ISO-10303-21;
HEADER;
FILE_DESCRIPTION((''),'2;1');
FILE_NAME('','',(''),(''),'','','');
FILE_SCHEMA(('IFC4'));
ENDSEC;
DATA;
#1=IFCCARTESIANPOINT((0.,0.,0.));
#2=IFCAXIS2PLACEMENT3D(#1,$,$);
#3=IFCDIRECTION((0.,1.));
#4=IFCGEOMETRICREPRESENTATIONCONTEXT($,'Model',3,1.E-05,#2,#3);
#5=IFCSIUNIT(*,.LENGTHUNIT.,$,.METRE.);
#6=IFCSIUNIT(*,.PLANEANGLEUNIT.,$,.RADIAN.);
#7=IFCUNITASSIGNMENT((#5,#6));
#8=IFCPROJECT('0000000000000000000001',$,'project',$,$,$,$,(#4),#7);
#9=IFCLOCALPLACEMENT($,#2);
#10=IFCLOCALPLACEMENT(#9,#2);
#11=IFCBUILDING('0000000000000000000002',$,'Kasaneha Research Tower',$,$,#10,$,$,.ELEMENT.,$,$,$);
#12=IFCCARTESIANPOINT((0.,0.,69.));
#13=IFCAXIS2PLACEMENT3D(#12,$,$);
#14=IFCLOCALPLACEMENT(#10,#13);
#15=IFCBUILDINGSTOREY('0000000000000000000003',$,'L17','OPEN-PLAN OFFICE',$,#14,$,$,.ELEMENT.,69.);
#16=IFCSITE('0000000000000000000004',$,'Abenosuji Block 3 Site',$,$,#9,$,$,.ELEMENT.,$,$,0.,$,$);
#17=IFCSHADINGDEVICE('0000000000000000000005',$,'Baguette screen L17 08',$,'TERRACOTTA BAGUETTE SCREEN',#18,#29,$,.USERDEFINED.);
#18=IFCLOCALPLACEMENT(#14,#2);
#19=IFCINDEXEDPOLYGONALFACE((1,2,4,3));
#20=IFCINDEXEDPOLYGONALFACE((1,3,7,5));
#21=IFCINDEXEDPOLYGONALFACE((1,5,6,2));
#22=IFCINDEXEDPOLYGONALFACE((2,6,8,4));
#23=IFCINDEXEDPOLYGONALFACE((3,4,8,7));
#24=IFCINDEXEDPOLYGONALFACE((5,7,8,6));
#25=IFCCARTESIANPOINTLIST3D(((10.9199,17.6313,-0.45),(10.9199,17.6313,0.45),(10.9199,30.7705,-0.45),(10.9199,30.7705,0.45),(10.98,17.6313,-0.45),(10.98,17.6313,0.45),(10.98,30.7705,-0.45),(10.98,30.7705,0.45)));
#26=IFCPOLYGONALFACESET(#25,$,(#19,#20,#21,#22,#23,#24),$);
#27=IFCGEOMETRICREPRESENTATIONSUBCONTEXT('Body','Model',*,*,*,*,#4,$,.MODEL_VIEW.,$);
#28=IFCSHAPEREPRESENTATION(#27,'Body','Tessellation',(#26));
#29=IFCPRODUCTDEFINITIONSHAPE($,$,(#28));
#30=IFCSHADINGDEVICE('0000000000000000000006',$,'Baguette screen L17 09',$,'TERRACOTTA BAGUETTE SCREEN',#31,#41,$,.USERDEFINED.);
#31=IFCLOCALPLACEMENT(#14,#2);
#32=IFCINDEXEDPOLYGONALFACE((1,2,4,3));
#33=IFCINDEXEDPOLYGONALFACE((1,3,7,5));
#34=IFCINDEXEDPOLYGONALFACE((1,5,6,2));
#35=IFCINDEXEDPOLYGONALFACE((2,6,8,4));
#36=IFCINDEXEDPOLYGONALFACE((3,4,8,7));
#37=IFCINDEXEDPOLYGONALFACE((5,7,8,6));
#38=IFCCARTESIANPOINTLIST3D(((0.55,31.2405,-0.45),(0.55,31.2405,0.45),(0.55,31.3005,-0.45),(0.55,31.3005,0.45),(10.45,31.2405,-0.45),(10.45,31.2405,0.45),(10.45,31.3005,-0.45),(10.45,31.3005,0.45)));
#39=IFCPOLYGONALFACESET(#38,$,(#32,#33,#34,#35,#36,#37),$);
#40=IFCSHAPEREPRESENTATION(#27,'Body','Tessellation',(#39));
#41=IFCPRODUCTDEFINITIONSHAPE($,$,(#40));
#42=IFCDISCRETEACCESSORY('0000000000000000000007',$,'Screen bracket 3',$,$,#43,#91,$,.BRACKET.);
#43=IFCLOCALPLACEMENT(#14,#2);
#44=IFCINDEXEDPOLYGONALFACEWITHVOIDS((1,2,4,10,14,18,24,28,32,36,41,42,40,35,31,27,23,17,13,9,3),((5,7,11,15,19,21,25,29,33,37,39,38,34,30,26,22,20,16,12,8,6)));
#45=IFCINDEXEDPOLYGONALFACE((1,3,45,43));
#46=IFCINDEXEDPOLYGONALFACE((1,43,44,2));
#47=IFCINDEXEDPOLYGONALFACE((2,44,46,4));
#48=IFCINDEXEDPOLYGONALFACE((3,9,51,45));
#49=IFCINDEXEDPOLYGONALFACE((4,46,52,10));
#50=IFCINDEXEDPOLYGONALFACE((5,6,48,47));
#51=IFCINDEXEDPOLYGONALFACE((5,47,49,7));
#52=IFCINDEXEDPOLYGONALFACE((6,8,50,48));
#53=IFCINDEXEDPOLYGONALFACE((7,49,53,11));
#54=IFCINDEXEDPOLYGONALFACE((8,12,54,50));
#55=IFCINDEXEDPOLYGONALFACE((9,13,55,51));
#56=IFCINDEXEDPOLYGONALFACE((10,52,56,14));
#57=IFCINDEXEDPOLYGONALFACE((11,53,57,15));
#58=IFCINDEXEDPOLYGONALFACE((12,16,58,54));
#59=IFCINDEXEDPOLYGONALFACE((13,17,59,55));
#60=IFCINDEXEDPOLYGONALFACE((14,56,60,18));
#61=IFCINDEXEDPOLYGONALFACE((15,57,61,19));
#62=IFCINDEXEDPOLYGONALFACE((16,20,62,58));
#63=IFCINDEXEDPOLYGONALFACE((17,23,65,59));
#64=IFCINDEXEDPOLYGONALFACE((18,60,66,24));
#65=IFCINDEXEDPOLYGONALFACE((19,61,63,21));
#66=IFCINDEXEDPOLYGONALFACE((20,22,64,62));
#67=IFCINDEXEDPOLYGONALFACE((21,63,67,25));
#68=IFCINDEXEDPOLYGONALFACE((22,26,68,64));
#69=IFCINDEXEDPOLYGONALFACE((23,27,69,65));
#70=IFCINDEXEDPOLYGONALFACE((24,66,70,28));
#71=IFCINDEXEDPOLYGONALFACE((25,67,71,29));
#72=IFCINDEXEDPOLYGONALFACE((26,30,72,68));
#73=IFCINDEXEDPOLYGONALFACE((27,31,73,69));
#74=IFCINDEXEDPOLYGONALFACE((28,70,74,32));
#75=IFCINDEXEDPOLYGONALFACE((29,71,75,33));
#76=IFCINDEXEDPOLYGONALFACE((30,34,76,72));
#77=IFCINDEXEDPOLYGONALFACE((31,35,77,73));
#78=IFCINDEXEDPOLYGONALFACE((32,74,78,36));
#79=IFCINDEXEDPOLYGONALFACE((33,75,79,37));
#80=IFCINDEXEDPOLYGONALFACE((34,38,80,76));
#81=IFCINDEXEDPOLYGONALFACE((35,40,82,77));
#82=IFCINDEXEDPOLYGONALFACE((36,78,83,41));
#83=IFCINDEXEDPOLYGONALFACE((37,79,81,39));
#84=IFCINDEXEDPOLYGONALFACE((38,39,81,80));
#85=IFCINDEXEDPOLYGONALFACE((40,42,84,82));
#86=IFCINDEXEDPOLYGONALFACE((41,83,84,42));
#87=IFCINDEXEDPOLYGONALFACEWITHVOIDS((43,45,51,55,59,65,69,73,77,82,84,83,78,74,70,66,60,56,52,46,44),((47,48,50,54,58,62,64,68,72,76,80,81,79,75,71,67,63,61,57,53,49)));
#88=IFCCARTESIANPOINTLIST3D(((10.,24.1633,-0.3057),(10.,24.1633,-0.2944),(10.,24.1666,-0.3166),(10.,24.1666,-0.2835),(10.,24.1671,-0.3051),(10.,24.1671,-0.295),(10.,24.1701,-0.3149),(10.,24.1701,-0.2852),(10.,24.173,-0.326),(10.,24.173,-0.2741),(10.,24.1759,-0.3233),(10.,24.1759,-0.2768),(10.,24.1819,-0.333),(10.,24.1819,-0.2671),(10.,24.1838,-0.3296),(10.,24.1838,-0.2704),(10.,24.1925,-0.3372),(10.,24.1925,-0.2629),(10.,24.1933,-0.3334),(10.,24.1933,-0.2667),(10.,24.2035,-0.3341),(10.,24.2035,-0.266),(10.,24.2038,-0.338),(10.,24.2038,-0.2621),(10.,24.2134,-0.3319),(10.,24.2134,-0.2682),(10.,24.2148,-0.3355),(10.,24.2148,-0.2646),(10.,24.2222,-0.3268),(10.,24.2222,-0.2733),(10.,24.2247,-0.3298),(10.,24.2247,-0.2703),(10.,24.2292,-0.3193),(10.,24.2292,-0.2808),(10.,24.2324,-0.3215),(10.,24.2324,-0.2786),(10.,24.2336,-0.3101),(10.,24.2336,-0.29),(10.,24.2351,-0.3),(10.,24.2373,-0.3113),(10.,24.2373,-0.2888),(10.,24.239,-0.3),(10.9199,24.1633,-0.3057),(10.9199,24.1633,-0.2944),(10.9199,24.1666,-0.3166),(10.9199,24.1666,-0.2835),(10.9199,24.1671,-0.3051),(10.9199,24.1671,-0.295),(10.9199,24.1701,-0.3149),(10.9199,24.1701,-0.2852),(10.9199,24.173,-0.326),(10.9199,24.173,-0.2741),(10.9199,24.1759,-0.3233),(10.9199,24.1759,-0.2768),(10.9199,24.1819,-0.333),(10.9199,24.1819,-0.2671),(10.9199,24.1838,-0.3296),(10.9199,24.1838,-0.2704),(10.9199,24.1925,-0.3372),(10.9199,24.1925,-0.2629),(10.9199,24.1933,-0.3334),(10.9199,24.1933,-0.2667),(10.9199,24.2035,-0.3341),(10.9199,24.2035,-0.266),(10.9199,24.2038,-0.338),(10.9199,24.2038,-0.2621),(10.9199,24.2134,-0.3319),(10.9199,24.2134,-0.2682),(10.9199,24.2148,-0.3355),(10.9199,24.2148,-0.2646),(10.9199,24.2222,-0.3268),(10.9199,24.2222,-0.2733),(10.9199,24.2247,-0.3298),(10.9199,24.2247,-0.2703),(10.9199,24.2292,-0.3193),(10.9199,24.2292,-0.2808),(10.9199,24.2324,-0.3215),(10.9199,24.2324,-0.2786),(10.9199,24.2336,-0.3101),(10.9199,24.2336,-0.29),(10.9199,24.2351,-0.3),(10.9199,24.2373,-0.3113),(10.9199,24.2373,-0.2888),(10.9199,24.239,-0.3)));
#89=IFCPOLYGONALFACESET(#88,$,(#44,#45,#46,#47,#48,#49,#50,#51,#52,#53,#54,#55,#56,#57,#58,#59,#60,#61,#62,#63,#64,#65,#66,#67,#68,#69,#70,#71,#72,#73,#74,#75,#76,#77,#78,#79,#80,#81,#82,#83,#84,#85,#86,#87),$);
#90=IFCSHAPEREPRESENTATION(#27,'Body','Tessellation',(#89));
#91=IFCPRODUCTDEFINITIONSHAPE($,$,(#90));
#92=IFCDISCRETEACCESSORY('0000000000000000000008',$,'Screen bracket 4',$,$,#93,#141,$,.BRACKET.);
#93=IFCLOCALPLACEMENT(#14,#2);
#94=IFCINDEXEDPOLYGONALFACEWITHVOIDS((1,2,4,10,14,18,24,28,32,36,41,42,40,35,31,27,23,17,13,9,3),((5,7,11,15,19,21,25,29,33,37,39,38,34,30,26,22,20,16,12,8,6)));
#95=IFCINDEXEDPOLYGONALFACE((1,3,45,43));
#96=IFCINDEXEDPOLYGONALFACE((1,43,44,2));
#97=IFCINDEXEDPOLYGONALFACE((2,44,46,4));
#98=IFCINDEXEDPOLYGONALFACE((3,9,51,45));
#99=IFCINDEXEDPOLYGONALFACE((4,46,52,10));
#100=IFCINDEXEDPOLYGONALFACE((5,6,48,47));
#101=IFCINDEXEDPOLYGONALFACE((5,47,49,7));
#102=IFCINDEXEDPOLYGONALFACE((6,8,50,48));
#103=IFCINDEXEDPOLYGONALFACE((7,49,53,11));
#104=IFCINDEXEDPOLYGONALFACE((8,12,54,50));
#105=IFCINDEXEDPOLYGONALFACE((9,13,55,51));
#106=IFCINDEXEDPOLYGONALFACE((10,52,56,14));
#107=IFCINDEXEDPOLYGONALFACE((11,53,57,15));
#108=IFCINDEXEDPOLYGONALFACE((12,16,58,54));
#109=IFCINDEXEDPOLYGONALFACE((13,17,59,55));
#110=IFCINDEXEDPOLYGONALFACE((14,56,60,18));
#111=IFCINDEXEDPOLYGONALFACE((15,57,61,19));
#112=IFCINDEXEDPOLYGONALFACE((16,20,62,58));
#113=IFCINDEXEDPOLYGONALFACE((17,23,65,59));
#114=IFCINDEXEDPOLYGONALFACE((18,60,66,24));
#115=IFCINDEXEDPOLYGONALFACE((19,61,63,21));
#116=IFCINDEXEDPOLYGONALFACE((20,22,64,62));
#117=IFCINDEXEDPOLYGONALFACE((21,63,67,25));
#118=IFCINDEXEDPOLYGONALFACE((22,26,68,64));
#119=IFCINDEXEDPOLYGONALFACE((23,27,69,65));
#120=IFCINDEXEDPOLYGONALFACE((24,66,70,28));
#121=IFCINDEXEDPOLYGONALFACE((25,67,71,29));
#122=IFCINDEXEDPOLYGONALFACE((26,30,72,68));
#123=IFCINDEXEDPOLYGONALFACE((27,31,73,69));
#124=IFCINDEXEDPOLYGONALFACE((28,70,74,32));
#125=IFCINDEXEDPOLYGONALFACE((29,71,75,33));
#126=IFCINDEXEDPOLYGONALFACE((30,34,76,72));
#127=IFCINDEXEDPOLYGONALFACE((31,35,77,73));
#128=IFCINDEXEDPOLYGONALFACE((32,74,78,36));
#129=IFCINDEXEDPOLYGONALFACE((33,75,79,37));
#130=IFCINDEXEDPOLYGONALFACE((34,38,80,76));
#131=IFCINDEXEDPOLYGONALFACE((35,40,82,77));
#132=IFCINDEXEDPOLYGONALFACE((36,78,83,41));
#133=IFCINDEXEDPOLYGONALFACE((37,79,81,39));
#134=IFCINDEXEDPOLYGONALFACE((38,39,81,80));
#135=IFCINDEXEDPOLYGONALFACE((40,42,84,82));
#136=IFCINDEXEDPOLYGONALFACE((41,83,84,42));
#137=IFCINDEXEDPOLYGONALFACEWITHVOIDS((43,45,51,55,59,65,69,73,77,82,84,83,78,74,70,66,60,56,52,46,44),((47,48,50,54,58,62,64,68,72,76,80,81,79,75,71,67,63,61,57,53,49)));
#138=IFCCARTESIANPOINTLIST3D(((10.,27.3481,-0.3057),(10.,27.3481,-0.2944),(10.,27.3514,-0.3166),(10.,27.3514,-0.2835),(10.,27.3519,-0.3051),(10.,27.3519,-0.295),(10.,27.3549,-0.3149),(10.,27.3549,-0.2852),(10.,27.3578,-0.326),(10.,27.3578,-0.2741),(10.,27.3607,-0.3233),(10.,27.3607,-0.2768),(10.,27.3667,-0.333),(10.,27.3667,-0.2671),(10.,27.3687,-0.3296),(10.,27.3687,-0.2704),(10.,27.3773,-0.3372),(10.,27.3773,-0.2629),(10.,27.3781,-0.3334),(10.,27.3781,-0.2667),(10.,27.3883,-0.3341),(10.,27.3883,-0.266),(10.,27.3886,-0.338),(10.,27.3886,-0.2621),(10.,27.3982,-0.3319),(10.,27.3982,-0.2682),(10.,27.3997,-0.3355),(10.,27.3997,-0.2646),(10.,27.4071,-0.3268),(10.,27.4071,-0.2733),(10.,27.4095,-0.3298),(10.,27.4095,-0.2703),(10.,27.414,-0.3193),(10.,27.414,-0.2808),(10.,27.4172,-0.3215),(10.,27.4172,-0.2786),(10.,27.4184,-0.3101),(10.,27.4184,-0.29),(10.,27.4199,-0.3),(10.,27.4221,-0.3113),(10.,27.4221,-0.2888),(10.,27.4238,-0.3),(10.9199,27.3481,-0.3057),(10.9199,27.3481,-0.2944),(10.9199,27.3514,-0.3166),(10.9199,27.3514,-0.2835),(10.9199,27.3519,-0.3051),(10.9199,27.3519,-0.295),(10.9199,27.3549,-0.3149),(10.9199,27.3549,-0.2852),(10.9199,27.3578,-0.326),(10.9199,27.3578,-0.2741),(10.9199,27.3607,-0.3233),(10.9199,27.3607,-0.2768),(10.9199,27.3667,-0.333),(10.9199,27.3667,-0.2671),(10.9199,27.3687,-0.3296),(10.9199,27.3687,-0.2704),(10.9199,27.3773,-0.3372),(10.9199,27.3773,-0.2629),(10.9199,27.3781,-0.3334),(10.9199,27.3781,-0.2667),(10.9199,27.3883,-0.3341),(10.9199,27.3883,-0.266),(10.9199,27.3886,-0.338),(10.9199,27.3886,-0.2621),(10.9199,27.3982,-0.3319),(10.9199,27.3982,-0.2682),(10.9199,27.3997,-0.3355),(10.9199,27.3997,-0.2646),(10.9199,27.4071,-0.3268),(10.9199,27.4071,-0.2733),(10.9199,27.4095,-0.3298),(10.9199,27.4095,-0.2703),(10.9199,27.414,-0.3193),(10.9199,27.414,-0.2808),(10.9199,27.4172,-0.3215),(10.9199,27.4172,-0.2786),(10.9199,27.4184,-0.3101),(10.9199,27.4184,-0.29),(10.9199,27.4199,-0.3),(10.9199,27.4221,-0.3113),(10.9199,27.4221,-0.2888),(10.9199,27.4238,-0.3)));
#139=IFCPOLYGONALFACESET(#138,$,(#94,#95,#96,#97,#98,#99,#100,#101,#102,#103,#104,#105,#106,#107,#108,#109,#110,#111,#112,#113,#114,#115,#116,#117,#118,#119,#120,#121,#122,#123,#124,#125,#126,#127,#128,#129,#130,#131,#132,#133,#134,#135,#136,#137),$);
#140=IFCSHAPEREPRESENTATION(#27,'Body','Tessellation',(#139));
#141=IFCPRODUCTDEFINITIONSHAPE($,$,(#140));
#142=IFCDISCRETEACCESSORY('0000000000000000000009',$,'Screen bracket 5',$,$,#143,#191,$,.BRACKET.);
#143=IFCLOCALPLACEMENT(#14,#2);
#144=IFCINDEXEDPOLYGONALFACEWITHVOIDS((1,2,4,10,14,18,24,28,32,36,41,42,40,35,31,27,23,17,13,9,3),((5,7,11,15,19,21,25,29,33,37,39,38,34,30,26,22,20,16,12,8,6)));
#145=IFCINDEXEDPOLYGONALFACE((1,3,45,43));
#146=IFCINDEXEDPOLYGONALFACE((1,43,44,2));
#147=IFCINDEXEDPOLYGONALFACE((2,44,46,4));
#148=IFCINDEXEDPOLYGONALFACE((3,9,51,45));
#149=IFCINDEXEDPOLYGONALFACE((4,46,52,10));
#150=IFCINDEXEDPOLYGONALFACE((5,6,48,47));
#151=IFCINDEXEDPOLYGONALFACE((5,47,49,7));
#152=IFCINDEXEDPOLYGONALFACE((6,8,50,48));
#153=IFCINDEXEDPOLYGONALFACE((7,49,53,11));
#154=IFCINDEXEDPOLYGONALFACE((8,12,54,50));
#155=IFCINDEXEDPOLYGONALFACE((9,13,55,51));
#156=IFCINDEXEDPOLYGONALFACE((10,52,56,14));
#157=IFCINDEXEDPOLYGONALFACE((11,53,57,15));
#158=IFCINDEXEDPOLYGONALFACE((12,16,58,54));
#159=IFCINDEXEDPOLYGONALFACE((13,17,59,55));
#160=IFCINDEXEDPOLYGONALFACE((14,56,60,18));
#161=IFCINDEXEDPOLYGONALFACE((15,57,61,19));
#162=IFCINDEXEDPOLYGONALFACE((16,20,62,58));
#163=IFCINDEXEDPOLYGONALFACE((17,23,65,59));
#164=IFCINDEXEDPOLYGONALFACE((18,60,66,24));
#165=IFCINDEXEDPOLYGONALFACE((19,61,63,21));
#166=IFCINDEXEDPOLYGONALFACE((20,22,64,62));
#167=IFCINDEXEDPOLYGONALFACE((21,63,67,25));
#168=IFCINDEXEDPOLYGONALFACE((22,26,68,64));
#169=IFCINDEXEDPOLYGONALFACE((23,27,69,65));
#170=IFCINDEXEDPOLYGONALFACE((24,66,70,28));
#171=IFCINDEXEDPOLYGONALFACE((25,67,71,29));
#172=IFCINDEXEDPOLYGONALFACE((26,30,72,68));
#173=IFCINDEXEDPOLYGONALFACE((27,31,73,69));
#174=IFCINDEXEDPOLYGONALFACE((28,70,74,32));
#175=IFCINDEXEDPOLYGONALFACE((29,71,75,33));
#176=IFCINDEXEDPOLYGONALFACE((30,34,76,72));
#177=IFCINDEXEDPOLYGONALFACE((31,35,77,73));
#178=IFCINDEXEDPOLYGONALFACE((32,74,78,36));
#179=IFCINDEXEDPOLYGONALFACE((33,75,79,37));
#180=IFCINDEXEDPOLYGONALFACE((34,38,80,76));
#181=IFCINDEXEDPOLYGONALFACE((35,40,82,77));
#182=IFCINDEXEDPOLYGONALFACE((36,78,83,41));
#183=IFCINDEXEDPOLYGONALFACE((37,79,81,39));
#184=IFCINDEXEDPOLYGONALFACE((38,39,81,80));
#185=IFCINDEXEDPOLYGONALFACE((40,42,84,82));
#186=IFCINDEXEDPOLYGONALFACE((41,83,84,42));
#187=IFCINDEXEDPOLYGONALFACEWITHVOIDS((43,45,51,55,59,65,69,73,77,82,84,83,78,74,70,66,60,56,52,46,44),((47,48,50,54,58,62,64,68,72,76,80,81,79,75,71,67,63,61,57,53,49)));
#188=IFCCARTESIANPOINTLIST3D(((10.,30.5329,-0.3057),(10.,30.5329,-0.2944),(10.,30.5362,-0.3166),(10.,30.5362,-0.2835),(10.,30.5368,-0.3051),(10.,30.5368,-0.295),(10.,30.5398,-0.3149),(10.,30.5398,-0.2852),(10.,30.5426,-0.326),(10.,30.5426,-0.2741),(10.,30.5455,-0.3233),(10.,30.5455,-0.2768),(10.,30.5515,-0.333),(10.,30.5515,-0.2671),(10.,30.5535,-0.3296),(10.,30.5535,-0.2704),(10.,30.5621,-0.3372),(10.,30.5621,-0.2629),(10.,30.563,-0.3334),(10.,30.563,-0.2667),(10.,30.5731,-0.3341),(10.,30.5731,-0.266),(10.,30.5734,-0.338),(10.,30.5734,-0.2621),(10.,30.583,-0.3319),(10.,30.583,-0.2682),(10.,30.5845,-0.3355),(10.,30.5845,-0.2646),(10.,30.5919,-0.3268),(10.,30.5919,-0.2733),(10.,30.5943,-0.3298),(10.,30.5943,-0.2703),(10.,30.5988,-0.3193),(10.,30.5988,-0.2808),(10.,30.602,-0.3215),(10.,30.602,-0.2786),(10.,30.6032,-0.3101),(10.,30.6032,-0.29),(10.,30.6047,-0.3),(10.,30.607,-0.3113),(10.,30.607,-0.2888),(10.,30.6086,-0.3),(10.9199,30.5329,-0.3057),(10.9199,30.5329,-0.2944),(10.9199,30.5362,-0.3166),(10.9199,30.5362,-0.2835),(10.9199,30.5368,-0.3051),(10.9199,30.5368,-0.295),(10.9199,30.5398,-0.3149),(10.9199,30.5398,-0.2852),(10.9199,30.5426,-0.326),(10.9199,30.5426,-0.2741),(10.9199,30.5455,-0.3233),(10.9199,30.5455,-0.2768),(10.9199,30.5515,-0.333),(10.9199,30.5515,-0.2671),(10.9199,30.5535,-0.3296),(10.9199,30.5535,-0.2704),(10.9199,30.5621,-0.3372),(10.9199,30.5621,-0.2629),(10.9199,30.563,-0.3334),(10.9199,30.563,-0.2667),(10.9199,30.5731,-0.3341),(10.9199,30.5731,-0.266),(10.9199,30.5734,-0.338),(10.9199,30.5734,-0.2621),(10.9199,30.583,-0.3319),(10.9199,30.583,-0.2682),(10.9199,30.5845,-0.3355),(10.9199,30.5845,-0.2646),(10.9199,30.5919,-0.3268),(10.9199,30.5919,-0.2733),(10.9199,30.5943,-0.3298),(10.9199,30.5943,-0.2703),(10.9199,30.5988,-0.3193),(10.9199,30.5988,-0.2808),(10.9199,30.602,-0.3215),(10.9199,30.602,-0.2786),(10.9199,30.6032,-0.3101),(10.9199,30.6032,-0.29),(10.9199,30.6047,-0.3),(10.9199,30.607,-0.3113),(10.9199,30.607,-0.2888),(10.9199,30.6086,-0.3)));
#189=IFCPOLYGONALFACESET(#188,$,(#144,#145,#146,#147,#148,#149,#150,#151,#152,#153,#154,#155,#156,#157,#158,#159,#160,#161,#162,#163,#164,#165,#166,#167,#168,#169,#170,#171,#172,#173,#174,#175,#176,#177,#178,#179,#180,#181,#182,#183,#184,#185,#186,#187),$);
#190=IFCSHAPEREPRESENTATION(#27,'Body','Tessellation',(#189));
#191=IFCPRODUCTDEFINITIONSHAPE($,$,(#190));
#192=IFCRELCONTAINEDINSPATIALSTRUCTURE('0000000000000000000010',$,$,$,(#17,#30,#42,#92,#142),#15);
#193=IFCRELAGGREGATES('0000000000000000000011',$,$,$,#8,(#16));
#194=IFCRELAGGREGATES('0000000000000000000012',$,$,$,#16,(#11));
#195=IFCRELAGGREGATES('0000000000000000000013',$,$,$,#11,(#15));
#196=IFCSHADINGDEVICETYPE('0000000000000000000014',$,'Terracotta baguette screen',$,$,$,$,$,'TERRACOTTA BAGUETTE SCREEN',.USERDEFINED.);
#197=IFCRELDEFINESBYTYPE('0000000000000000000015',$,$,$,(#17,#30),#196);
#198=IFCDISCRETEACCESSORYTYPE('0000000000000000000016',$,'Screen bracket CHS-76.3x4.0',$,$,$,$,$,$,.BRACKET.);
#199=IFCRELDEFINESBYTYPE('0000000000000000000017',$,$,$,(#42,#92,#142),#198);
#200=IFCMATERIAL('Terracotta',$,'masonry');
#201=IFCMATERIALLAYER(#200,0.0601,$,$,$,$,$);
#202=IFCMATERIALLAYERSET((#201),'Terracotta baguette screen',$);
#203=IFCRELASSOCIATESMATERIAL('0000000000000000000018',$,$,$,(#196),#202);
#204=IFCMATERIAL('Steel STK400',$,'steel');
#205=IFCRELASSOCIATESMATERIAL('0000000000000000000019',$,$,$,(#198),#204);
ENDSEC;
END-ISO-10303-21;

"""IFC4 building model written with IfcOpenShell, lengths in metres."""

from ifc_helpers import new_model, si_unit, direction, frame, origin, origin_2d, place, context, subcontext, project, spatial, rectangle, hollow_circle, extrude, material, layer, layer_set, material_profile, profile_set, type_object, element, save


model = new_model("IFC4")

# Units and contexts
model_context = context("Model", 3, precision=1e-05, world=origin(), true_north=direction((0.0, 1.0)))
body_context = subcontext(model_context, "Body", "Model", "MODEL_VIEW")
ifc_project = project(units=[si_unit("LENGTHUNIT", "METRE"), si_unit("PLANEANGLEUNIT", "RADIAN")], contexts=[model_context])

# Site, building, storey
site_placement = place(None, origin())
site = spatial("IfcSite", under=ifc_project, at=site_placement, Name="Abenosuji Block 3 Site", CompositionType="ELEMENT", RefElevation=0.0)
building_placement = place(site_placement, origin())
building = spatial("IfcBuilding", under=site, at=building_placement, Name="Kasaneha Research Tower", CompositionType="ELEMENT")
storey_placement = place(building_placement, frame((0.0, 0.0, 69.0)))
storey = spatial("IfcBuildingStorey", under=building, at=storey_placement, Name="L17", Description="OPEN-PLAN OFFICE", CompositionType="ELEMENT", Elevation=69.0)

# Shading devices
ifc_material_1 = material(Name="Terracotta", Category="masonry")
ifc_layer_1 = layer(ifc_material_1, 0.0601)
ifc_layer_set_1 = layer_set([ifc_layer_1], Name="Terracotta baguette screen")
shading_device_type = type_object("IfcShadingDeviceType", Name="Terracotta baguette screen", ElementType="TERRACOTTA BAGUETTE SCREEN", PredefinedType="USERDEFINED", material=ifc_layer_set_1)
shading_device_1_placement = place(storey_placement, frame((10.95, 24.2009, -0.45), z_axis=(0.0, 0.0, 1.0), x_axis=(0.0, 1.0, 0.0)))
element("IfcShadingDevice", 1, at=shading_device_1_placement, inside=storey, type_object=shading_device_type, Name="Baguette screen L17 08", ObjectType="TERRACOTTA BAGUETTE SCREEN", PredefinedType="USERDEFINED", context=body_context, shape_type="SweptSolid", body=[
    extrude(rectangle(XDim=13.1392, YDim=0.0601, at=origin_2d()), origin(), (0.0, 0.0, 1.0), 0.8999),
])
shading_device_2_placement = place(storey_placement, frame((5.5, 31.2705, -0.45), z_axis=(0.0, 0.0, 1.0), x_axis=(-1.0, 0.0, 0.0)))
element("IfcShadingDevice", 2, at=shading_device_2_placement, inside=storey, type_object=shading_device_type, Name="Baguette screen L17 09", ObjectType="TERRACOTTA BAGUETTE SCREEN", PredefinedType="USERDEFINED", context=body_context, shape_type="SweptSolid", body=[
    extrude(rectangle(XDim=9.8999, YDim=0.0601, at=origin_2d()), origin(), (0.0, 0.0, 1.0), 0.8999),
])

# Discrete accessories
ifc_material_2 = material(Name="Steel STK400", Category="steel")
ifc_material_profile_1 = material_profile(ifc_material_2, hollow_circle(Radius=0.0381, WallThickness=0.0039, at=origin_2d()), Name="CHS-76.3x4.0")
ifc_profile_set_1 = profile_set([ifc_material_profile_1], Name="Steel STK400")
discrete_accessory_type = type_object("IfcDiscreteAccessoryType", Name="Screen bracket CHS-76.3x4.0", PredefinedType="BRACKET", material=ifc_profile_set_1)
for number, where, z_axis, x_axis, name in (
    (3, (10.0, 24.2009, -0.3), (1.0, 0.0, 0.0), (0.0, 1.0, 0.0), "Screen bracket 3"),
    (4, (10.0, 27.3857, -0.3), (1.0, 0.0, 0.0), (0.0, 1.0, 0.0), "Screen bracket 4"),
    (5, (10.0, 30.5706, -0.3), (1.0, 0.0, 0.0), (0.0, 1.0, 0.0), "Screen bracket 5"),
):
    element("IfcDiscreteAccessory", number, at=place(storey_placement, frame(where, z_axis=z_axis, x_axis=x_axis)), inside=storey, type_object=discrete_accessory_type, Name=name, PredefinedType="BRACKET", context=body_context, shape_type="SweptSolid", body=[
        extrude(hollow_circle(Radius=0.0381, WallThickness=0.0039, at=origin_2d()), origin(), (0.0, 0.0, 1.0), 0.9199),
    ])

save(model, "model.ifc")
